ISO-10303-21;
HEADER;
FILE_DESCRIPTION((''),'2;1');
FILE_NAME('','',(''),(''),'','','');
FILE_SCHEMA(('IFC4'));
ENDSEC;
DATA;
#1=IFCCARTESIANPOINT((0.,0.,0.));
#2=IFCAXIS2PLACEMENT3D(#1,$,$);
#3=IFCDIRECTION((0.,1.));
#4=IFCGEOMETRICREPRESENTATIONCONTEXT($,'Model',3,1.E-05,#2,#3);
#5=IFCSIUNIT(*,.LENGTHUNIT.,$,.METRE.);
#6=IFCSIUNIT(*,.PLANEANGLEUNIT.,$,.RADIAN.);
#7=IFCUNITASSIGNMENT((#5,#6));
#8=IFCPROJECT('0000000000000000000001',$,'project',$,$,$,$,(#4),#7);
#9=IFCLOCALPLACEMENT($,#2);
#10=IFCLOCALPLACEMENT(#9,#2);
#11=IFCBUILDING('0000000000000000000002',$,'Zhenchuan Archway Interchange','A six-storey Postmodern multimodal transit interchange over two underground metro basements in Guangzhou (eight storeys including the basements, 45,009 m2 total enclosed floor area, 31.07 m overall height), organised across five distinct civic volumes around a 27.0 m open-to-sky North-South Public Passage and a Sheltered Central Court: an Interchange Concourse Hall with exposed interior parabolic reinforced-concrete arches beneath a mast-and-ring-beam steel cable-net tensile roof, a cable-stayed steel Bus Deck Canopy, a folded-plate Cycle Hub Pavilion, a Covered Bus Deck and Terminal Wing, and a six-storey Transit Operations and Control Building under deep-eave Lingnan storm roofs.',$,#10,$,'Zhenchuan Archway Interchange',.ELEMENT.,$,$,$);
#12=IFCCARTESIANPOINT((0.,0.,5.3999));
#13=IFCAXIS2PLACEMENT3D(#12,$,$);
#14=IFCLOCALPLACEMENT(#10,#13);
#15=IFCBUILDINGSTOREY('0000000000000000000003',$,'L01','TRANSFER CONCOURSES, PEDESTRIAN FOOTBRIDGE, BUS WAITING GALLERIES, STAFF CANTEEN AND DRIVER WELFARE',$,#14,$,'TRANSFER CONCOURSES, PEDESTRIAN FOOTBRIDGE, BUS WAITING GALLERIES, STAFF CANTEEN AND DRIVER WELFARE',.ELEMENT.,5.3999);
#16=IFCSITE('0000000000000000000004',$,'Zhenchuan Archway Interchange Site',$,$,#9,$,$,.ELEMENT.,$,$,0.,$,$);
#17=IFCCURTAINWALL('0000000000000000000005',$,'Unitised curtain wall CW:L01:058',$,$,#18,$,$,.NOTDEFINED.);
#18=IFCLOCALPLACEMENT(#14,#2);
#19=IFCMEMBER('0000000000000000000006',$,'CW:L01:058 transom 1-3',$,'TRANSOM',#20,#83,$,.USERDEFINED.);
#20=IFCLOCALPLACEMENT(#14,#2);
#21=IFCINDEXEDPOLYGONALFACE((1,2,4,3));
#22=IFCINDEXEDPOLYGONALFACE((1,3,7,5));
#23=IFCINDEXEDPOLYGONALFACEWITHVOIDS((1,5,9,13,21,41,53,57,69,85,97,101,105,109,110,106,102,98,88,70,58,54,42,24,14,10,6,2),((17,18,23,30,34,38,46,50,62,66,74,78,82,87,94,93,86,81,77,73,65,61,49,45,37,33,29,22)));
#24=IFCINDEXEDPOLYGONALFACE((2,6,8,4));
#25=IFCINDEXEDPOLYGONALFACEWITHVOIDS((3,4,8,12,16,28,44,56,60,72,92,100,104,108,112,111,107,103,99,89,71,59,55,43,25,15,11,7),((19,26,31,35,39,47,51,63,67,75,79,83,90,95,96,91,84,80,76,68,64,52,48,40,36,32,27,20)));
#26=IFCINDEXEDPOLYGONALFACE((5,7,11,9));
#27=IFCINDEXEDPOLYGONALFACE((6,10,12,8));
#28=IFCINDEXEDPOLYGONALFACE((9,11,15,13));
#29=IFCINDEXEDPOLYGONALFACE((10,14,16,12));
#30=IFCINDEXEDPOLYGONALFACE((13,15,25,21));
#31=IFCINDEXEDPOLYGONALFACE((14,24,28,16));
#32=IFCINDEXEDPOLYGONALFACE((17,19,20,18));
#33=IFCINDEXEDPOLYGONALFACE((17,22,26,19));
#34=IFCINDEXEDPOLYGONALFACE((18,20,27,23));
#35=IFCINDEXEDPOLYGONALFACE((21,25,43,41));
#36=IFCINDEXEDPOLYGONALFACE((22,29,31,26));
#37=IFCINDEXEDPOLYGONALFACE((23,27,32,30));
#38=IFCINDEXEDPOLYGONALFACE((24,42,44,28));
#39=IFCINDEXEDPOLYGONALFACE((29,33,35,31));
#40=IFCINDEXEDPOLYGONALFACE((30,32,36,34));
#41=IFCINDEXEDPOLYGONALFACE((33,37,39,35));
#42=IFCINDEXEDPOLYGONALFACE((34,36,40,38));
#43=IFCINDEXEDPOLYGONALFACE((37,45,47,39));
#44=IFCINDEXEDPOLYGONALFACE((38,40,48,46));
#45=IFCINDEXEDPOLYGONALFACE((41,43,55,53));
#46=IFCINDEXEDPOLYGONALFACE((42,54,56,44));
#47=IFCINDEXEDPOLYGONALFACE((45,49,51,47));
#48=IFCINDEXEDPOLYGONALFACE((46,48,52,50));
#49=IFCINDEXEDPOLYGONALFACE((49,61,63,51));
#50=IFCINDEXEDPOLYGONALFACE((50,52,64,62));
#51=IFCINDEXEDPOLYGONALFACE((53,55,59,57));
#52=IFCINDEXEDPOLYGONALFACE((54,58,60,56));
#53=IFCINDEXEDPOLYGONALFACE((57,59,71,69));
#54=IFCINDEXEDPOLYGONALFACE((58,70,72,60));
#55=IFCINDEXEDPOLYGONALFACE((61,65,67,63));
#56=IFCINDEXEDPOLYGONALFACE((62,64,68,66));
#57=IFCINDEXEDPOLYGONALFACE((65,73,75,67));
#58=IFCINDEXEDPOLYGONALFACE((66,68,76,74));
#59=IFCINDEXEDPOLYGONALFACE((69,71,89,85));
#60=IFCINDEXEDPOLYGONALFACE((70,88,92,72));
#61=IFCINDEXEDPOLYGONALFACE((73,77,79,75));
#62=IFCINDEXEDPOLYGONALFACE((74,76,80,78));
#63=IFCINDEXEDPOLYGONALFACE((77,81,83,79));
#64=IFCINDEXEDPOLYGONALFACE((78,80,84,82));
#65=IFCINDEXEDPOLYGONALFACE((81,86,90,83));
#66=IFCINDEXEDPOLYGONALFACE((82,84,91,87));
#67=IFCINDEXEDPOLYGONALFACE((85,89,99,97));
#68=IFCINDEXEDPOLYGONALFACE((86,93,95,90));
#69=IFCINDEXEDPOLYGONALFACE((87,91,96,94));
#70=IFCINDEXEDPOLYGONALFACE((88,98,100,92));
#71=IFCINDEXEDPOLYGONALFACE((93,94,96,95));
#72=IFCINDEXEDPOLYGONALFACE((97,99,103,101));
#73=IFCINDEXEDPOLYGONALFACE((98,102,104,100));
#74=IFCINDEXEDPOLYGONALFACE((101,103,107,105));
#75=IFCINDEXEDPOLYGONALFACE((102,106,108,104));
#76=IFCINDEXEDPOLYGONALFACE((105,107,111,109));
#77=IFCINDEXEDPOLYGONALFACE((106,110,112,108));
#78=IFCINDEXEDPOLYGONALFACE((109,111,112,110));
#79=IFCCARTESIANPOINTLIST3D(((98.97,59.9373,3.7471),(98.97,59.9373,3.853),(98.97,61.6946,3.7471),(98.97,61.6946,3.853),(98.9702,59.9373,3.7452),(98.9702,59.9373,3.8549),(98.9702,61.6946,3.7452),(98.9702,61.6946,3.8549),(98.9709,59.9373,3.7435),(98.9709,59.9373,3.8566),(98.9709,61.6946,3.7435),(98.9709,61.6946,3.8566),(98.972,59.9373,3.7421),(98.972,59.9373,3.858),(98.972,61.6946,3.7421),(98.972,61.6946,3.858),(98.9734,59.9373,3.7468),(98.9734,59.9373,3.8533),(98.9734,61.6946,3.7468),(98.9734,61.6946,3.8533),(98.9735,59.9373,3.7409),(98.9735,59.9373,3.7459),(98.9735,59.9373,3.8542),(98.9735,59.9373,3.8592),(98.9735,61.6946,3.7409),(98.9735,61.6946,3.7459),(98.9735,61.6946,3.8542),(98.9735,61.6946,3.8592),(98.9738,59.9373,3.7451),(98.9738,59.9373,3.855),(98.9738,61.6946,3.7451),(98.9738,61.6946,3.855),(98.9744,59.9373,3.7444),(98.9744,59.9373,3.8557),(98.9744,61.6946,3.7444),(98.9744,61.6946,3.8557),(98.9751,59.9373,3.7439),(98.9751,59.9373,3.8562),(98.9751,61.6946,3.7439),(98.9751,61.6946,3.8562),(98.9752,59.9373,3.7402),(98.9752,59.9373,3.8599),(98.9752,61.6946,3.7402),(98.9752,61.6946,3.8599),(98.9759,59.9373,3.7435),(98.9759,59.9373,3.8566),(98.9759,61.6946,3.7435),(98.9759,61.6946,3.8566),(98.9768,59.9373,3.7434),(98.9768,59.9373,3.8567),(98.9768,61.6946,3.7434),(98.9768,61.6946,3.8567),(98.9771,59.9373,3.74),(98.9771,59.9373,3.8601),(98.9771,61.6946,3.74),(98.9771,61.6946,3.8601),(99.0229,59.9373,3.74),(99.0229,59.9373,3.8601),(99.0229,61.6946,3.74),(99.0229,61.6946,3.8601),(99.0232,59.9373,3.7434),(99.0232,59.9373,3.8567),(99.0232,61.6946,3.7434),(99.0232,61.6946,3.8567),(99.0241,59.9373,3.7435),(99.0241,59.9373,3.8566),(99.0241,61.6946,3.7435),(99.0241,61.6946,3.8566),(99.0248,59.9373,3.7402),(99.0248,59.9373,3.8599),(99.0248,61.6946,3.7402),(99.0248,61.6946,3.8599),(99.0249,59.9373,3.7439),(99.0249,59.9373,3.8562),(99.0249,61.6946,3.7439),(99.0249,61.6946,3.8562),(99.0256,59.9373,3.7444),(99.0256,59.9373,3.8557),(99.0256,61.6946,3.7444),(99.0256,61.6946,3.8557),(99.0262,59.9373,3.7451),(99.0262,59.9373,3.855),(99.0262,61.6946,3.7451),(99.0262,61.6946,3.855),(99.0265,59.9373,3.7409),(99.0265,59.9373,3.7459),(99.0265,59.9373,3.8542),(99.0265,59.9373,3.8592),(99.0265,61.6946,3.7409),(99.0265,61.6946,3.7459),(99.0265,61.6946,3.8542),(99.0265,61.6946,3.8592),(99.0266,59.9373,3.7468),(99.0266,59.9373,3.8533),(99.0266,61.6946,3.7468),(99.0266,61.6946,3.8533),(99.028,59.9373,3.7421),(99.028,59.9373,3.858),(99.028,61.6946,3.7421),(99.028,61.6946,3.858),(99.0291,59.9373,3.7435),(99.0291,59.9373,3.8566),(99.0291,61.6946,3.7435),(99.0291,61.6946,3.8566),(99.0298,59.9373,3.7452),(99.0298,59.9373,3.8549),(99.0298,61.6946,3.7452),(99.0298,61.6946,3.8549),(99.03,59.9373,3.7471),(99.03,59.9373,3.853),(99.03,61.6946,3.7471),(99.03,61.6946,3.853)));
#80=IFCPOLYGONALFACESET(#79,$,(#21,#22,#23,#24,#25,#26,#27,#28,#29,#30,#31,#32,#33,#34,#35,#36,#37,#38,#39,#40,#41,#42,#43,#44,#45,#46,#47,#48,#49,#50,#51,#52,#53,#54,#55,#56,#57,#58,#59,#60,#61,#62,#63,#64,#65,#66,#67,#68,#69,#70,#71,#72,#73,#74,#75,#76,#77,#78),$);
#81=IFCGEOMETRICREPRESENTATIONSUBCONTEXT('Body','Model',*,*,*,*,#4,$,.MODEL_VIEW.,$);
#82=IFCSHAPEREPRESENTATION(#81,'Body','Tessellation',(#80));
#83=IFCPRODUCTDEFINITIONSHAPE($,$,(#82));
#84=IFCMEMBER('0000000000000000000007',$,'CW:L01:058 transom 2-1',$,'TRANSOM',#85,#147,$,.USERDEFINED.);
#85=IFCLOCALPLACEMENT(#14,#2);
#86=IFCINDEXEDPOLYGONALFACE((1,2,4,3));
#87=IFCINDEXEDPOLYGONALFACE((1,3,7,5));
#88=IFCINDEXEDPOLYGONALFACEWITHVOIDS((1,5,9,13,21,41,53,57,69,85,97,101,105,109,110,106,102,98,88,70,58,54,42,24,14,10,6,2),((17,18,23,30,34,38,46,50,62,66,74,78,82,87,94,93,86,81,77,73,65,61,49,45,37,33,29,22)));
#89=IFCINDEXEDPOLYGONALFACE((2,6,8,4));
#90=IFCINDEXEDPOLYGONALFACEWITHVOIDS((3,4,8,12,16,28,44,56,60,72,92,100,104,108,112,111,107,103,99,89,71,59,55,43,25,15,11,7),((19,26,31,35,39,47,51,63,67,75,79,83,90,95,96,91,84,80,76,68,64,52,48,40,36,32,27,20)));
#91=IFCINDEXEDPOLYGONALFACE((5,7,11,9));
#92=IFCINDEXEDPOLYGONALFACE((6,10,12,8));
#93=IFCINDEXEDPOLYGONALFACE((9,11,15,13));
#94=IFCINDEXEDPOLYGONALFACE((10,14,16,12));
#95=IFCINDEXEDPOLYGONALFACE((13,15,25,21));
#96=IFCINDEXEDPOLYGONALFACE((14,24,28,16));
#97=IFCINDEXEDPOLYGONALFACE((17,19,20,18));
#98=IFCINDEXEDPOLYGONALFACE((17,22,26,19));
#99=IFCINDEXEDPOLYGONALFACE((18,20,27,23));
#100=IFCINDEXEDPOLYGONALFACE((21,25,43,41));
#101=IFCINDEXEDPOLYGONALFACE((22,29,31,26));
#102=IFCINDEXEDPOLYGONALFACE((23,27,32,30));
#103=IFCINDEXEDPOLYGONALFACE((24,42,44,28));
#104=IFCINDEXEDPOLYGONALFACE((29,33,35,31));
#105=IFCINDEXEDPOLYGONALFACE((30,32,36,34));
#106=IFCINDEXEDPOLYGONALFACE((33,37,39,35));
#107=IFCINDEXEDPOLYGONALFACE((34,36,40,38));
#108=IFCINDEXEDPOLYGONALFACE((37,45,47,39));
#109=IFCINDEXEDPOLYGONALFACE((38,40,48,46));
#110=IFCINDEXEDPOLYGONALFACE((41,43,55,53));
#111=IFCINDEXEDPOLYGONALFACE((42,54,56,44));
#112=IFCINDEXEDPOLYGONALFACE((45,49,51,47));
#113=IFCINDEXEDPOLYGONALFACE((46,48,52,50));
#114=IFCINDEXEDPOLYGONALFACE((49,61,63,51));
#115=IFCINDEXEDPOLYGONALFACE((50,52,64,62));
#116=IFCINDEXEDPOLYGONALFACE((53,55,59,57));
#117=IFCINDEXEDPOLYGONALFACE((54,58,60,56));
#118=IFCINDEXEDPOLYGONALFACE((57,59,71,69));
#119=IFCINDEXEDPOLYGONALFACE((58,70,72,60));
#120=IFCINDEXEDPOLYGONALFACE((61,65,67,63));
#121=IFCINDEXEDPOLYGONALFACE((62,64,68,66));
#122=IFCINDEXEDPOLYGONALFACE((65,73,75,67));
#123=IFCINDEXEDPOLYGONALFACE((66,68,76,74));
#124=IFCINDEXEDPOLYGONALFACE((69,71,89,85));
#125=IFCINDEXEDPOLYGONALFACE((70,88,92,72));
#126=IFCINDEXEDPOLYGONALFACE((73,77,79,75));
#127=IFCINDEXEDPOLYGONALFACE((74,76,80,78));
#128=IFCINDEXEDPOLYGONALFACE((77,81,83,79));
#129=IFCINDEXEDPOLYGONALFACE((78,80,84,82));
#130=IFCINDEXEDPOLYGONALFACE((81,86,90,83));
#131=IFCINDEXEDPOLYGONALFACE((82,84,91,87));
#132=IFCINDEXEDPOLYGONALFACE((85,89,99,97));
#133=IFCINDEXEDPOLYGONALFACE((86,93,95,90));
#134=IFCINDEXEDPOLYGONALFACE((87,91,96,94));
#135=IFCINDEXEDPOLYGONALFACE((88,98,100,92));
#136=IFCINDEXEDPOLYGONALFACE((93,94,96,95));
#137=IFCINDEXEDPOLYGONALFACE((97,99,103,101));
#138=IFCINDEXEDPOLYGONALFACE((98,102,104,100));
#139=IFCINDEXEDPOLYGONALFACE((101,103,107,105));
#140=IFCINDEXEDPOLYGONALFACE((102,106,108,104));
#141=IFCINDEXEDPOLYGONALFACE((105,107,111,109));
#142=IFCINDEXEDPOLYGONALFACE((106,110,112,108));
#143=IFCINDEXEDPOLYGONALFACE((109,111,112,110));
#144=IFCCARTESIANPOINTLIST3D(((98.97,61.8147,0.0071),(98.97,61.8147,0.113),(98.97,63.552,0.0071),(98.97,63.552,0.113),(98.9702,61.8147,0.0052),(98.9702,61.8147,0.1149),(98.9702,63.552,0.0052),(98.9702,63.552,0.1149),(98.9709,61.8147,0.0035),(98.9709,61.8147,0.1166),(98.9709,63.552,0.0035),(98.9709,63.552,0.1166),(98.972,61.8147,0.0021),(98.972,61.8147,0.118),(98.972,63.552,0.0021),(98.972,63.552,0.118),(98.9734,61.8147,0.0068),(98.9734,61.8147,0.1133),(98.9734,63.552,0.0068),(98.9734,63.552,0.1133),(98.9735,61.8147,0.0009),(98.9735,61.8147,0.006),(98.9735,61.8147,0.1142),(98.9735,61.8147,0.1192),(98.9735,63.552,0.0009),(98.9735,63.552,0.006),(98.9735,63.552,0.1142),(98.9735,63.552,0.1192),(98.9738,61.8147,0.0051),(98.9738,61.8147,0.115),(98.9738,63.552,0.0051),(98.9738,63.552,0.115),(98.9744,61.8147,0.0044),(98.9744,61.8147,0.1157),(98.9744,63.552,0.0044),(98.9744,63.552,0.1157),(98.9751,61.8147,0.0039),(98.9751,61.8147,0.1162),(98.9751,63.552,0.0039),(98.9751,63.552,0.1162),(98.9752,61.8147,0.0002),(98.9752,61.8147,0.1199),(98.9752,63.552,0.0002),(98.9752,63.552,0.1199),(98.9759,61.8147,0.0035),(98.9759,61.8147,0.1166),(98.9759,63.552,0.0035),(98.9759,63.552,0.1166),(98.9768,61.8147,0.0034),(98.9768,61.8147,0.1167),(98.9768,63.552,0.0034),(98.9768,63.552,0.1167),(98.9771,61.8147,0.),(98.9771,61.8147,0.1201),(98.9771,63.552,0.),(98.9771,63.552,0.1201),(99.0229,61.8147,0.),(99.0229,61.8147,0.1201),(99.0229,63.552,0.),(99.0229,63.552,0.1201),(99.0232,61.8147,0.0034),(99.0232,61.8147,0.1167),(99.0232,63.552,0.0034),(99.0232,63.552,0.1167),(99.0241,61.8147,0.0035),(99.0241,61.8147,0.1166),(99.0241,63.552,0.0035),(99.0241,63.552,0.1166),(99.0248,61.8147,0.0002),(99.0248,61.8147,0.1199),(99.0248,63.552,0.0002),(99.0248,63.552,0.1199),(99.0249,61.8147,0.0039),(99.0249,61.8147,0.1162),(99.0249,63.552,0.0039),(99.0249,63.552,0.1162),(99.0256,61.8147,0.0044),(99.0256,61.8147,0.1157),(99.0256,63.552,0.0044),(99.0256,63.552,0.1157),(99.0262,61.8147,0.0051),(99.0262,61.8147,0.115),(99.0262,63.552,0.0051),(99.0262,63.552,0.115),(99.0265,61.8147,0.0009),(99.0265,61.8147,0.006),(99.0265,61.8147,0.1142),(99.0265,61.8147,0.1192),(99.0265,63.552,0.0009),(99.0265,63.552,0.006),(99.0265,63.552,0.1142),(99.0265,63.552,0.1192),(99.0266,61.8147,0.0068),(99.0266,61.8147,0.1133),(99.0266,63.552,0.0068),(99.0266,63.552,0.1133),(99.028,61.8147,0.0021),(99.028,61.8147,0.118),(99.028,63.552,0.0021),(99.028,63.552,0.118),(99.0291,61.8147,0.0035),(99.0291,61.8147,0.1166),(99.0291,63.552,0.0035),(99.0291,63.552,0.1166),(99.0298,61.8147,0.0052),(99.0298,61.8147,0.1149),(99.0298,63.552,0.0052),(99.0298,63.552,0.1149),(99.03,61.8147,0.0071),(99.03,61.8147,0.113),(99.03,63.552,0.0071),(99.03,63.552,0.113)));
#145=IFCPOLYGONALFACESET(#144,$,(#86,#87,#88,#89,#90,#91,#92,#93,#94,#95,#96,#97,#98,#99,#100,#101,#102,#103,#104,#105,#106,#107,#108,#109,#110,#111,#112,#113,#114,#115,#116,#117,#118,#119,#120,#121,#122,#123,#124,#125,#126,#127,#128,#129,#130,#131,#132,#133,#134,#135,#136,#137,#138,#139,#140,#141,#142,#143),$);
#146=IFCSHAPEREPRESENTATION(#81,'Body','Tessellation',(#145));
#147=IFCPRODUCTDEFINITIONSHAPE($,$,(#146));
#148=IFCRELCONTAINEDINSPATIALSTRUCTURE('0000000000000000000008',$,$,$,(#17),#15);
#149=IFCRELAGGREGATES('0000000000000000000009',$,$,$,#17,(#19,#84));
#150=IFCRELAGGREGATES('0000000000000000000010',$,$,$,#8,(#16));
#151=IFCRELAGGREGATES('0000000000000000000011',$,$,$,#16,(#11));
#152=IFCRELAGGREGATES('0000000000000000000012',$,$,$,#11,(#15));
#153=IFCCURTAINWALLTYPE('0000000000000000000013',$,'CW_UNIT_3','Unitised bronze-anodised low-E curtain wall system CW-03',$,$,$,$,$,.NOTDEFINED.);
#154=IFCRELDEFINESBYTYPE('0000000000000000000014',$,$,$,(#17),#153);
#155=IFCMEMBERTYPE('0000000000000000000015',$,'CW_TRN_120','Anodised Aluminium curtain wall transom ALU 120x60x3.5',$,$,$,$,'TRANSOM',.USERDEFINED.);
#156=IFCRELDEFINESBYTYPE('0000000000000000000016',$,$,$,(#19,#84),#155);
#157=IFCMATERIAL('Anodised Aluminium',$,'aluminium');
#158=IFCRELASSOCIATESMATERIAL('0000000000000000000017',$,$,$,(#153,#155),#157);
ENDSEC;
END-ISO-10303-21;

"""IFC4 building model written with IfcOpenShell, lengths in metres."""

from ifc_helpers import new_model, si_unit, direction, frame, origin, origin_2d, place, context, subcontext, project, spatial, hollow_rectangle, extrude, material, material_profile, profile_set, type_object, element, aggregate, save


model = new_model("IFC4")

# Units and contexts
model_context = context("Model", 3, precision=1e-05, world=origin(), true_north=direction((0.0, 1.0)))
body_context = subcontext(model_context, "Body", "Model", "MODEL_VIEW")
ifc_project = project(units=[si_unit("LENGTHUNIT", "METRE"), si_unit("PLANEANGLEUNIT", "RADIAN")], contexts=[model_context])

# Site, building, storey
site_placement = place(None, origin())
site = spatial("IfcSite", under=ifc_project, at=site_placement, Name="Zhenchuan Archway Interchange Site", CompositionType="ELEMENT", RefElevation=0.0)
building_placement = place(site_placement, origin())
building = spatial("IfcBuilding", under=site, at=building_placement, Name="Zhenchuan Archway Interchange", Description="A six-storey Postmodern multimodal transit interchange over two underground metro basements in Guangzhou (eight storeys including the basements, 45,009 m2 total enclosed floor area, 31.07 m overall height), organised across five distinct civic volumes around a 27.0 m open-to-sky North-South Public Passage and a Sheltered Central Court: an Interchange Concourse Hall with exposed interior parabolic reinforced-concrete arches beneath a mast-and-ring-beam steel cable-net tensile roof, a cable-stayed steel Bus Deck Canopy, a folded-plate Cycle Hub Pavilion, a Covered Bus Deck and Terminal Wing, and a six-storey Transit Operations and Control Building under deep-eave Lingnan storm roofs.", LongName="Zhenchuan Archway Interchange", CompositionType="ELEMENT")
storey_placement = place(building_placement, frame((0.0, 0.0, 5.3999)))
storey = spatial("IfcBuildingStorey", under=building, at=storey_placement, Name="L01", Description="TRANSFER CONCOURSES, PEDESTRIAN FOOTBRIDGE, BUS WAITING GALLERIES, STAFF CANTEEN AND DRIVER WELFARE", LongName="TRANSFER CONCOURSES, PEDESTRIAN FOOTBRIDGE, BUS WAITING GALLERIES, STAFF CANTEEN AND DRIVER WELFARE", CompositionType="ELEMENT", Elevation=5.3999)

# Curtain wall
ifc_material_1 = material(Name="Anodised Aluminium", Category="aluminium")
curtain_wall_type_1 = type_object("IfcCurtainWallType", Name="CW_UNIT_3", Description="Unitised bronze-anodised low-E curtain wall system CW-03", PredefinedType="NOTDEFINED", material=ifc_material_1)
curtain_wall_1_placement = place(storey_placement, origin())
curtain_wall_1 = element("IfcCurtainWall", 1, at=curtain_wall_1_placement, inside=storey, type_object=curtain_wall_type_1, Name="Unitised curtain wall CW:L01:058", PredefinedType="NOTDEFINED")

# Members
ifc_material_profile_1 = material_profile(ifc_material_1, hollow_rectangle(XDim=0.0601, YDim=0.1201, WallThickness=0.0034, InnerFilletRadius=0.0034, OuterFilletRadius=0.0071, at=origin_2d()), Name="ALU 120x60x3.5")
ifc_profile_set_1 = profile_set([ifc_material_profile_1], Name="Anodised Aluminium")
member_type_1 = type_object("IfcMemberType", Name="CW_TRN_120", Description="Anodised Aluminium curtain wall transom ALU 120x60x3.5", ElementType="TRANSOM", PredefinedType="USERDEFINED", material=ifc_profile_set_1)
member_1_placement = place(storey_placement, frame((99.0, 59.9373, 3.8), z_axis=(0.0, 1.0, 0.0), x_axis=(-1.0, 0.0, 0.0)))
member_1 = element("IfcMember", 2, at=member_1_placement, type_object=member_type_1, Name="CW:L01:058 transom 1-3", ObjectType="TRANSOM", PredefinedType="USERDEFINED", context=body_context, shape_type="SweptSolid", body=[
    extrude(hollow_rectangle(XDim=0.0601, YDim=0.1201, WallThickness=0.0034, InnerFilletRadius=0.0034, OuterFilletRadius=0.0071, at=origin_2d()), origin(), (0.0, 0.0, 1.0), 1.7573),
])
member_2_placement = place(storey_placement, frame((99.0, 61.8147, 0.0601), z_axis=(0.0, 1.0, 0.0), x_axis=(-1.0, 0.0, 0.0)))
member_2 = element("IfcMember", 3, at=member_2_placement, type_object=member_type_1, Name="CW:L01:058 transom 2-1", ObjectType="TRANSOM", PredefinedType="USERDEFINED", context=body_context, shape_type="SweptSolid", body=[
    extrude(hollow_rectangle(XDim=0.0601, YDim=0.1201, WallThickness=0.0034, InnerFilletRadius=0.0034, OuterFilletRadius=0.0071, at=origin_2d()), origin(), (0.0, 0.0, 1.0), 1.7373),
])

aggregate(curtain_wall_1, [member_1, member_2])

save(model, "model.ifc")
